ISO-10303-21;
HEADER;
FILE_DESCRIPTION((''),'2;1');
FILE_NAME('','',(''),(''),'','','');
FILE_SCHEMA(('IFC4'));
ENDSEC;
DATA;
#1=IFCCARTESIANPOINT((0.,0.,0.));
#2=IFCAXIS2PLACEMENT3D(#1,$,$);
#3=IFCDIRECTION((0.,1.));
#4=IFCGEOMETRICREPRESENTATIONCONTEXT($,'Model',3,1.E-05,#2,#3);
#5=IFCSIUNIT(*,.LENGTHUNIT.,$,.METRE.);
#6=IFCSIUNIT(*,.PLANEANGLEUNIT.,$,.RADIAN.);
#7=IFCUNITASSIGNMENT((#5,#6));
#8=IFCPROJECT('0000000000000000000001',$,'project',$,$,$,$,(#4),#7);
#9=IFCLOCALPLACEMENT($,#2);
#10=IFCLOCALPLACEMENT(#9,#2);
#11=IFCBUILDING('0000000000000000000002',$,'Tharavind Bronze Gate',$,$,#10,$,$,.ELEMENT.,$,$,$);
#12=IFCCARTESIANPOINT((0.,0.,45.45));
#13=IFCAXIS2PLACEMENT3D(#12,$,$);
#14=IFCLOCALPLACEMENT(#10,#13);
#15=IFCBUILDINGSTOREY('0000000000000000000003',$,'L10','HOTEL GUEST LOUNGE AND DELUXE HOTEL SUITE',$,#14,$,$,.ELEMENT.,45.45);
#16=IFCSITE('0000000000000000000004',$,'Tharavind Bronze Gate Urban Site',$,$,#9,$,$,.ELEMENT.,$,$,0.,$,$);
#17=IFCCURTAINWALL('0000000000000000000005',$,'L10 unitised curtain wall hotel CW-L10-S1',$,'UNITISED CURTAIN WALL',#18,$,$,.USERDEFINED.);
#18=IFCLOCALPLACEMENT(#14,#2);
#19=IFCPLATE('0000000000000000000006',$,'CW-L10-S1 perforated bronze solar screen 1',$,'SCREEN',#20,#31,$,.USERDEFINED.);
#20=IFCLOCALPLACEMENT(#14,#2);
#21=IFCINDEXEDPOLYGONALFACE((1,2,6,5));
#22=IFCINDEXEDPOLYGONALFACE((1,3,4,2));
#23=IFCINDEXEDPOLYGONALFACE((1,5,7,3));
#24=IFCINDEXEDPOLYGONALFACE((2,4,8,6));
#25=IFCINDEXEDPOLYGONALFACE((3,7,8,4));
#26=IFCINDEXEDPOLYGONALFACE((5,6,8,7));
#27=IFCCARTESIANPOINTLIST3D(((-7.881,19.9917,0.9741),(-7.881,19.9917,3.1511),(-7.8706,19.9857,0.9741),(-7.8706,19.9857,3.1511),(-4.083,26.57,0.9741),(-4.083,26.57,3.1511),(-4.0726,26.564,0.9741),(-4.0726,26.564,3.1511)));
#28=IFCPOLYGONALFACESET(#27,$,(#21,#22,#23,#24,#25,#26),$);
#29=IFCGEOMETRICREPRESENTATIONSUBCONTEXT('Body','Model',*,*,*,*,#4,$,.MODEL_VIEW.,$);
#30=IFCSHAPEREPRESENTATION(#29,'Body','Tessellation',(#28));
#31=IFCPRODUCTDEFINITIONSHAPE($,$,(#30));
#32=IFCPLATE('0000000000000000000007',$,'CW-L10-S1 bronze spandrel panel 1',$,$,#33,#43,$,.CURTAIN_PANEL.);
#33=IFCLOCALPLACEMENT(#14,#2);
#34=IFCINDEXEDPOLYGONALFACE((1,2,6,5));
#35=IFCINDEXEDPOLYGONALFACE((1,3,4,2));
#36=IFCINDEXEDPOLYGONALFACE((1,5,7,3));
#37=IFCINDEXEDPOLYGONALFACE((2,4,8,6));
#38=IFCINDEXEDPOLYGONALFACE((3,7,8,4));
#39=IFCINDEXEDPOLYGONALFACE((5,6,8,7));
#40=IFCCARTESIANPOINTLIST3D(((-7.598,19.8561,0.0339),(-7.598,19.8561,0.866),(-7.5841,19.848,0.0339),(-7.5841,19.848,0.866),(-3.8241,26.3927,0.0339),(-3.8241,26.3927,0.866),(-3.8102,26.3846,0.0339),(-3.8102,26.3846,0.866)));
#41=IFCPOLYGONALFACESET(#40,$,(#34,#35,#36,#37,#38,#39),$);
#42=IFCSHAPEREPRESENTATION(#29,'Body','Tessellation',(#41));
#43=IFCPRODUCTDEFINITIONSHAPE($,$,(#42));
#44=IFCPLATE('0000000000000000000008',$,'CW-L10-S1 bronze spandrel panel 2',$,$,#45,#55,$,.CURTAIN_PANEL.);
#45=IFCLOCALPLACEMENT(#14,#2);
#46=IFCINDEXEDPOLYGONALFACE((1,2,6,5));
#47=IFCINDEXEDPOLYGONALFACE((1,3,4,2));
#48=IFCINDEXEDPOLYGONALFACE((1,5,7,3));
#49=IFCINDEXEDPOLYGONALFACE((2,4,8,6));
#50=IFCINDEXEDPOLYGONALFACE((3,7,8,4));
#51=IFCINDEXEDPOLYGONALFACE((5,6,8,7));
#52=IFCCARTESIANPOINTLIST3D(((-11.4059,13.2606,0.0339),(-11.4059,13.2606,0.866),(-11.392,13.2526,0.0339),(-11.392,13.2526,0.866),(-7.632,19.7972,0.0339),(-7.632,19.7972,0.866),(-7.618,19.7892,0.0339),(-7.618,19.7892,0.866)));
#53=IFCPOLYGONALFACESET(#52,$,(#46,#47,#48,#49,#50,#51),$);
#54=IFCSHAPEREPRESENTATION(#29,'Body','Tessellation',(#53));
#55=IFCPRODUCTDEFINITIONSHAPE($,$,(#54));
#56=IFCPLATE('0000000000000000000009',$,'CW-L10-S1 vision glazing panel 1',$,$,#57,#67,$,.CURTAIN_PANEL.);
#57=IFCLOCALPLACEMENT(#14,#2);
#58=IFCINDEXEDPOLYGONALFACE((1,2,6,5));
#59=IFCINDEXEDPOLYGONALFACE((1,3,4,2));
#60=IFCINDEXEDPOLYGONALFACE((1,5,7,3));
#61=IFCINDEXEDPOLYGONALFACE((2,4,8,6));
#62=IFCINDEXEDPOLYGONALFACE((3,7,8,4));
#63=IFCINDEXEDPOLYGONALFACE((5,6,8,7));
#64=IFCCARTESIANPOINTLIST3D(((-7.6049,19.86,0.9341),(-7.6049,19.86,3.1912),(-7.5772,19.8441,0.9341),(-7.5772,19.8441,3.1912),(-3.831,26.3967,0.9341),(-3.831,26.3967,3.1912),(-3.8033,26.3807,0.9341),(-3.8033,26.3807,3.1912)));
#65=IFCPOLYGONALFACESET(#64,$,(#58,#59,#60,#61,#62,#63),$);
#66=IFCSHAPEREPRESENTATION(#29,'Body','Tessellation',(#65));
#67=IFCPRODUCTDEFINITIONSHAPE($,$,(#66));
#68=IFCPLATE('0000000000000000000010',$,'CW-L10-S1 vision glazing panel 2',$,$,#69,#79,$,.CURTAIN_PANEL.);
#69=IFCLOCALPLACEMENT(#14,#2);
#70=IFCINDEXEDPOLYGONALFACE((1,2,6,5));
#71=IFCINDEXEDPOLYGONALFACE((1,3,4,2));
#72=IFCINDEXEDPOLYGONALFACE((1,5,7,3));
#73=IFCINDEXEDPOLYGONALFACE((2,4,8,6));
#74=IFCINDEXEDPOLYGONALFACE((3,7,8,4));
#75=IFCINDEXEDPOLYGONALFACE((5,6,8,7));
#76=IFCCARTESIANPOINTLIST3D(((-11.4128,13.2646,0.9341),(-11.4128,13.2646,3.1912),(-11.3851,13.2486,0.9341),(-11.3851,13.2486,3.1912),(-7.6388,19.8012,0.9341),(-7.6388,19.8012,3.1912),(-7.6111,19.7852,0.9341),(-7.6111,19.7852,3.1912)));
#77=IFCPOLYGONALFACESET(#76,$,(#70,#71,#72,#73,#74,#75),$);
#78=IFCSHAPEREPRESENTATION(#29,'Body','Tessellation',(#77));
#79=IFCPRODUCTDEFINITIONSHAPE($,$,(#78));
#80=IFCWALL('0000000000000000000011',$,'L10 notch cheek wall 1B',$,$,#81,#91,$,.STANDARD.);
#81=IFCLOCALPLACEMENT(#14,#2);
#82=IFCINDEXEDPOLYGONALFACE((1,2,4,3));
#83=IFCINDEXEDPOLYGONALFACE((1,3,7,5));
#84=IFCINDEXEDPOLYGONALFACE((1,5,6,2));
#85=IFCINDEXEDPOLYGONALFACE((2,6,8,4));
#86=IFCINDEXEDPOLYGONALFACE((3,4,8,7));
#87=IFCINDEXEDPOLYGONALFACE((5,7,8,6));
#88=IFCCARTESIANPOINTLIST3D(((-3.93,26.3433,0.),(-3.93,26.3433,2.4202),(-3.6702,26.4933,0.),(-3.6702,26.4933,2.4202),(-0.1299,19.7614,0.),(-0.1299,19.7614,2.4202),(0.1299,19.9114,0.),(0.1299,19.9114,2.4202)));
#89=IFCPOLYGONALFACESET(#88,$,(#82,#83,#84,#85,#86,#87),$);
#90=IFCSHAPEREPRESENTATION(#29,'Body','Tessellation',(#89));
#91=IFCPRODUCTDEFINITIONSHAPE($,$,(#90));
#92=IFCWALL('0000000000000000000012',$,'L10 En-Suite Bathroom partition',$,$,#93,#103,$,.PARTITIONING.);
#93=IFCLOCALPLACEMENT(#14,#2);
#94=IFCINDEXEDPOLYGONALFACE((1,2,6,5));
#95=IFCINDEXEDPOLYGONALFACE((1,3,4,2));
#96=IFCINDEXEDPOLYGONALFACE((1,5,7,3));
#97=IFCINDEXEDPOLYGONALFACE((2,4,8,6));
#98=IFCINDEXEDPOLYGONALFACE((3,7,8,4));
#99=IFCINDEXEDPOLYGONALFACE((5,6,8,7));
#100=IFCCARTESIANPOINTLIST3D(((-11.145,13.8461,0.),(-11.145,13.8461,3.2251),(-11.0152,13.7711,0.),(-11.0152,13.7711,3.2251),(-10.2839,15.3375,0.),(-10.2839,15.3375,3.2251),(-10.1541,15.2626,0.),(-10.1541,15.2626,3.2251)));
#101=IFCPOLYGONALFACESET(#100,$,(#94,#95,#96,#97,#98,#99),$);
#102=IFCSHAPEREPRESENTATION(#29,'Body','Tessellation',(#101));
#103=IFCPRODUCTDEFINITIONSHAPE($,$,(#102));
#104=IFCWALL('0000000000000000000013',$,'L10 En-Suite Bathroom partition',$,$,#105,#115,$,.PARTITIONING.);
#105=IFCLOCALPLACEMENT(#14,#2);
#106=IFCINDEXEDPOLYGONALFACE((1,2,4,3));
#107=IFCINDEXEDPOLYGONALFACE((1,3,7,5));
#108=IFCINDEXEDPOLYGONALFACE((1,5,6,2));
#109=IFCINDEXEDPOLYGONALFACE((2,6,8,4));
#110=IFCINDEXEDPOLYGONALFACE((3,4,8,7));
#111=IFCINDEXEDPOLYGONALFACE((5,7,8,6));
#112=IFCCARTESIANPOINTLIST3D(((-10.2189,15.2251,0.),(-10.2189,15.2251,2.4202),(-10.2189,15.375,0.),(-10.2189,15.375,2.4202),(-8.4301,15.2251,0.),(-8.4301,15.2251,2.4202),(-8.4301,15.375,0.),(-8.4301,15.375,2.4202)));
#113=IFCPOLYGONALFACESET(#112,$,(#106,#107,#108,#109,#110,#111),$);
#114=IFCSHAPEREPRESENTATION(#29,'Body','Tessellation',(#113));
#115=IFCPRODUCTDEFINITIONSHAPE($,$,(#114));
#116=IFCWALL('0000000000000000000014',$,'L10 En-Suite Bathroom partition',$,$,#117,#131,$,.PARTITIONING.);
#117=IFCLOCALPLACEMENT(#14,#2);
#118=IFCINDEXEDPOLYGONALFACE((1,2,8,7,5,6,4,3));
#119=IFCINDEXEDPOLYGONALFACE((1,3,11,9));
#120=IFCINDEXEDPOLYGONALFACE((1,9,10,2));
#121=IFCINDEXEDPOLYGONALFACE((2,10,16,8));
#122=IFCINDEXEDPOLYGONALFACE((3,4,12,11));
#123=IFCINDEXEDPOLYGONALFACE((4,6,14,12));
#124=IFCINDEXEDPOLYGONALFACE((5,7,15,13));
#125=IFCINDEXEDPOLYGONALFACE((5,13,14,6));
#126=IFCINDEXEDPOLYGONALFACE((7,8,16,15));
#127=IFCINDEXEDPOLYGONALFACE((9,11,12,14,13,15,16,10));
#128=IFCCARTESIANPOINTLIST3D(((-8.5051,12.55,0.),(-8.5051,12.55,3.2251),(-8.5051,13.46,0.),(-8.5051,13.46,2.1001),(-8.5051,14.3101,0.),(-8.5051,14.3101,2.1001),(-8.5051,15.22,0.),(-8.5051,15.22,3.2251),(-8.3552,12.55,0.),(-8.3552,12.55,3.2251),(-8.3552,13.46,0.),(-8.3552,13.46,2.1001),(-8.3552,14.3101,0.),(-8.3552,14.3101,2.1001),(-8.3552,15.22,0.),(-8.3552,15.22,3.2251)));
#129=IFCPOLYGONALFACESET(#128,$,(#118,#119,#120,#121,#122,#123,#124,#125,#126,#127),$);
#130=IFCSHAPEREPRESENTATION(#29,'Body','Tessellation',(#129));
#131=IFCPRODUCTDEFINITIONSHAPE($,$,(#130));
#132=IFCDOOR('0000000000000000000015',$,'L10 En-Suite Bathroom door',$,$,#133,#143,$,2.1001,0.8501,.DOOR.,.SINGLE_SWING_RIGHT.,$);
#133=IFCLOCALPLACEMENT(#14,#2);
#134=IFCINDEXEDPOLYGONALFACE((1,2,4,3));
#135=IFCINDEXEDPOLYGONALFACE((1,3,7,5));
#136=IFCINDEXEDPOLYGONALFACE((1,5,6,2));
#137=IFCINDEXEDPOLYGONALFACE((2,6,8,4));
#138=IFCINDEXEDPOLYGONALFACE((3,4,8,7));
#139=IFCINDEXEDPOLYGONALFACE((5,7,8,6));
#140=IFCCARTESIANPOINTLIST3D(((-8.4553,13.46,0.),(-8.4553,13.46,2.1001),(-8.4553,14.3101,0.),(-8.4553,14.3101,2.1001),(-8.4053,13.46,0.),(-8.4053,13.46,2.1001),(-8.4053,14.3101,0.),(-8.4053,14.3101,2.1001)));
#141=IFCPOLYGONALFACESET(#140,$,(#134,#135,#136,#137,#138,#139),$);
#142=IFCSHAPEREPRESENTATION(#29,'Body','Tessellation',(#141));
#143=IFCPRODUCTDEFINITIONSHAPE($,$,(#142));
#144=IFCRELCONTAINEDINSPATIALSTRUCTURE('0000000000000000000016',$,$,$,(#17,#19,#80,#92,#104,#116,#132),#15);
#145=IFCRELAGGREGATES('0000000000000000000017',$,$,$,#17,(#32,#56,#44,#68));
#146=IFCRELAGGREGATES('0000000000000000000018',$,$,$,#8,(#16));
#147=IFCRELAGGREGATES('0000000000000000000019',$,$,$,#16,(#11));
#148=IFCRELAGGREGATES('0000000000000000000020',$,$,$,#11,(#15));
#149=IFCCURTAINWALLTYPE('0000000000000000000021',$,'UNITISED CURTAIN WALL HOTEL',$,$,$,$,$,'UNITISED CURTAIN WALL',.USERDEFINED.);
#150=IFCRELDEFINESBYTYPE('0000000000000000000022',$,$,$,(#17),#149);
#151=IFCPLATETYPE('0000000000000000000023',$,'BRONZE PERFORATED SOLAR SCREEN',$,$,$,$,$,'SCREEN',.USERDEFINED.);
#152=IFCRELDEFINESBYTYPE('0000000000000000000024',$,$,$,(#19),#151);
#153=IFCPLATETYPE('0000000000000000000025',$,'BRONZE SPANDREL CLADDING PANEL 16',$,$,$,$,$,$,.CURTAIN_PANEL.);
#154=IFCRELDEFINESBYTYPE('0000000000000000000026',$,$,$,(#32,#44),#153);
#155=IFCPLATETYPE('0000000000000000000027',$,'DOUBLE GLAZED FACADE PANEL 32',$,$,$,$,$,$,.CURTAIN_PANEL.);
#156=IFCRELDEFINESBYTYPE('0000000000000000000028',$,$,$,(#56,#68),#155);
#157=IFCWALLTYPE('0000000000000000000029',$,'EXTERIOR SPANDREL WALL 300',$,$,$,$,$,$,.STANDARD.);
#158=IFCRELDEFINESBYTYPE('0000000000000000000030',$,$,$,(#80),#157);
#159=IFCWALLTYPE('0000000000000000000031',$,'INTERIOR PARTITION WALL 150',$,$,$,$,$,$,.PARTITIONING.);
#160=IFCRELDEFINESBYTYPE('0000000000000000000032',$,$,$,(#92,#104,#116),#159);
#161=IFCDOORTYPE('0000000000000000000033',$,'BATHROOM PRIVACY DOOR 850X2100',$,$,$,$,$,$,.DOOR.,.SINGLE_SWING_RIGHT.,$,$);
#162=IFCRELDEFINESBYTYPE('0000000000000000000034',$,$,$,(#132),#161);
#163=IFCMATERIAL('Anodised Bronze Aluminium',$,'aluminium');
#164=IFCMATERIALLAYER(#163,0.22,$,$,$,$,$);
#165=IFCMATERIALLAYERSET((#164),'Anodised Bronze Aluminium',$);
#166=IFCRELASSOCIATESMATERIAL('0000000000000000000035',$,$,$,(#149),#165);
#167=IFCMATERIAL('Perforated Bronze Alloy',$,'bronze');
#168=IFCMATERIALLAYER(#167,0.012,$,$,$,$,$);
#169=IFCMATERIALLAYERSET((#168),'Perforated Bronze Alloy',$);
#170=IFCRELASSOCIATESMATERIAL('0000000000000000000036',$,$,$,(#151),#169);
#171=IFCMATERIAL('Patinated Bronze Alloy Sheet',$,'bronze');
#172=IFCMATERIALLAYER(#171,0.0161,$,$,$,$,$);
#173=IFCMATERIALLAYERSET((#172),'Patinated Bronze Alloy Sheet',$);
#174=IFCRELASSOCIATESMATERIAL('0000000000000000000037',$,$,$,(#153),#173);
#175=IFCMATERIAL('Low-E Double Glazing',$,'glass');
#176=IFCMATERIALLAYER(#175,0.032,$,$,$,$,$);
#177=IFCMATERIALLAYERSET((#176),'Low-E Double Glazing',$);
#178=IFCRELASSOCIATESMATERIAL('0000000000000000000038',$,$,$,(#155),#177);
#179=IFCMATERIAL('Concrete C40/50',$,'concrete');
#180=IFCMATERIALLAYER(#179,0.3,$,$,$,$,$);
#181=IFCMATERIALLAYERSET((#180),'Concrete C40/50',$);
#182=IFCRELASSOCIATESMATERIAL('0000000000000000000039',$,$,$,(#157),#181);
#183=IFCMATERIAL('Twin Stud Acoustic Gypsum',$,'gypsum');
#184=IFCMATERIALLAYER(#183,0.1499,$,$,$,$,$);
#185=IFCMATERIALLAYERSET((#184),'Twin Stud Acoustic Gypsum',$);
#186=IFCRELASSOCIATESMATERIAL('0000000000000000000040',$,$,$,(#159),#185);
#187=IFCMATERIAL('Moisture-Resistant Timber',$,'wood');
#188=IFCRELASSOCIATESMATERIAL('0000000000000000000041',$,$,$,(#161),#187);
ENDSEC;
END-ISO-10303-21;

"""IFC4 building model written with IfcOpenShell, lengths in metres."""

from ifc_helpers import new_model, si_unit, direction, frame, frame_2d, origin, origin_2d, place, context, subcontext, project, spatial, rectangle, extrude, material, layer, layer_set, type_object, element, fill, aggregate, save


model = new_model("IFC4")

# Units and contexts
model_context = context("Model", 3, precision=1e-05, world=origin(), true_north=direction((0.0, 1.0)))
body_context = subcontext(model_context, "Body", "Model", "MODEL_VIEW")
ifc_project = project(units=[si_unit("LENGTHUNIT", "METRE"), si_unit("PLANEANGLEUNIT", "RADIAN")], contexts=[model_context])

# Site, building, storey
site_placement = place(None, origin())
site = spatial("IfcSite", under=ifc_project, at=site_placement, Name="Tharavind Bronze Gate Urban Site", CompositionType="ELEMENT", RefElevation=0.0)
building_placement = place(site_placement, origin())
building = spatial("IfcBuilding", under=site, at=building_placement, Name="Tharavind Bronze Gate", CompositionType="ELEMENT")
storey_placement = place(building_placement, frame((0.0, 0.0, 45.45)))
storey = spatial("IfcBuildingStorey", under=building, at=storey_placement, Name="L10", Description="HOTEL GUEST LOUNGE AND DELUXE HOTEL SUITE", CompositionType="ELEMENT", Elevation=45.45)

# Curtain wall
ifc_material_1 = material(Name="Anodised Bronze Aluminium", Category="aluminium")
ifc_layer_1 = layer(ifc_material_1, 0.22)
ifc_layer_set_1 = layer_set([ifc_layer_1], Name="Anodised Bronze Aluminium")
curtain_wall_type = type_object("IfcCurtainWallType", Name="UNITISED CURTAIN WALL HOTEL", ElementType="UNITISED CURTAIN WALL", PredefinedType="USERDEFINED", material=ifc_layer_set_1)
curtain_wall_placement = place(storey_placement, origin())
curtain_wall = element("IfcCurtainWall", 1, at=curtain_wall_placement, inside=storey, type_object=curtain_wall_type, Name="L10 unitised curtain wall hotel CW-L10-S1", ObjectType="UNITISED CURTAIN WALL", PredefinedType="USERDEFINED")

# Plates
ifc_material_2 = material(Name="Perforated Bronze Alloy", Category="bronze")
ifc_layer_2 = layer(ifc_material_2, 0.012)
ifc_layer_set_2 = layer_set([ifc_layer_2], Name="Perforated Bronze Alloy")
plate_type_1 = type_object("IfcPlateType", Name="BRONZE PERFORATED SOLAR SCREEN", ElementType="SCREEN", PredefinedType="USERDEFINED", material=ifc_layer_set_2)
plate_1_placement = place(storey_placement, frame((-5.9768, 23.2778, 0.9741), z_axis=(0.0, 0.0, 1.0), x_axis=(-0.500002, -0.866025, 0.0)))
element("IfcPlate", 2, at=plate_1_placement, inside=storey, type_object=plate_type_1, Name="CW-L10-S1 perforated bronze solar screen 1", ObjectType="SCREEN", PredefinedType="USERDEFINED", context=body_context, shape_type="SweptSolid", body=[
    extrude(rectangle(XDim=7.5959, YDim=0.012, at=origin_2d()), origin(), (0.0, 0.0, 1.0), 2.177),
])
ifc_material_3 = material(Name="Patinated Bronze Alloy Sheet", Category="bronze")
ifc_layer_3 = layer(ifc_material_3, 0.0161)
ifc_layer_set_3 = layer_set([ifc_layer_3], Name="Patinated Bronze Alloy Sheet")
plate_type_2 = type_object("IfcPlateType", Name="BRONZE SPANDREL CLADDING PANEL 16", PredefinedType="CURTAIN_PANEL", material=ifc_layer_set_3)
plate_2_placement = place(storey_placement, frame((-5.7041, 23.1204, 0.0339), z_axis=(0.0, 0.0, 1.0), x_axis=(-0.500002, -0.866025, 0.0)))
plate_2 = element("IfcPlate", 3, at=plate_2_placement, type_object=plate_type_2, Name="CW-L10-S1 bronze spandrel panel 1", PredefinedType="CURTAIN_PANEL", context=body_context, shape_type="SweptSolid", body=[
    extrude(rectangle(XDim=7.5479, YDim=0.0161, at=origin_2d()), origin(), (0.0, 0.0, 1.0), 0.832),
])
plate_3_placement = place(storey_placement, frame((-9.512, 16.5249, 0.0339), z_axis=(0.0, 0.0, 1.0), x_axis=(-0.500002, -0.866025, 0.0)))
plate_3 = element("IfcPlate", 4, at=plate_3_placement, type_object=plate_type_2, Name="CW-L10-S1 bronze spandrel panel 2", PredefinedType="CURTAIN_PANEL", context=body_context, shape_type="SweptSolid", body=[
    extrude(rectangle(XDim=7.5479, YDim=0.0161, at=origin_2d()), origin(), (0.0, 0.0, 1.0), 0.832),
])
ifc_material_4 = material(Name="Low-E Double Glazing", Category="glass")
ifc_layer_4 = layer(ifc_material_4, 0.032)
ifc_layer_set_4 = layer_set([ifc_layer_4], Name="Low-E Double Glazing")
plate_type_3 = type_object("IfcPlateType", Name="DOUBLE GLAZED FACADE PANEL 32", PredefinedType="CURTAIN_PANEL", material=ifc_layer_set_4)
plate_4_placement = place(storey_placement, frame((-5.7041, 23.1204, 0.9341), z_axis=(0.0, 0.0, 1.0), x_axis=(-0.500002, -0.866025, 0.0)))
plate_4 = element("IfcPlate", 5, at=plate_4_placement, type_object=plate_type_3, Name="CW-L10-S1 vision glazing panel 1", PredefinedType="CURTAIN_PANEL", context=body_context, shape_type="SweptSolid", body=[
    extrude(rectangle(XDim=7.5479, YDim=0.032, at=origin_2d()), origin(), (0.0, 0.0, 1.0), 2.2571),
])
plate_5_placement = place(storey_placement, frame((-9.512, 16.5249, 0.9341), z_axis=(0.0, 0.0, 1.0), x_axis=(-0.500002, -0.866025, 0.0)))
plate_5 = element("IfcPlate", 6, at=plate_5_placement, type_object=plate_type_3, Name="CW-L10-S1 vision glazing panel 2", PredefinedType="CURTAIN_PANEL", context=body_context, shape_type="SweptSolid", body=[
    extrude(rectangle(XDim=7.5479, YDim=0.032, at=origin_2d()), origin(), (0.0, 0.0, 1.0), 2.2571),
])
aggregate(curtain_wall, [plate_2, plate_4, plate_3, plate_5])

# Walls
ifc_material_5 = material(Name="Concrete C40/50", Category="concrete")
ifc_layer_5 = layer(ifc_material_5, 0.3)
ifc_layer_set_5 = layer_set([ifc_layer_5], Name="Concrete C40/50")
wall_type_1 = type_object("IfcWallType", Name="EXTERIOR SPANDREL WALL 300", PredefinedType="STANDARD", material=ifc_layer_set_5)
wall_1_placement = place(storey_placement, frame((0.0, 19.8364, 0.0), z_axis=(0.0, 0.0, 1.0), x_axis=(-0.500005, 0.866022, 0.0)))
element("IfcWall", 7, at=wall_1_placement, inside=storey, type_object=wall_type_1, Name="L10 notch cheek wall 1B", PredefinedType="STANDARD", context=body_context, shape_type="SweptSolid", body=[
    extrude(rectangle(XDim=7.6001, YDim=0.3, at=frame_2d((3.8, 0.0))), origin(), (0.0, 0.0, 1.0), 2.4202),
])
ifc_material_6 = material(Name="Twin Stud Acoustic Gypsum", Category="gypsum")
ifc_layer_6 = layer(ifc_material_6, 0.1499)
ifc_layer_set_6 = layer_set([ifc_layer_6], Name="Twin Stud Acoustic Gypsum")
wall_type_2 = type_object("IfcWallType", Name="INTERIOR PARTITION WALL 150", PredefinedType="PARTITIONING", material=ifc_layer_set_6)
wall_2_placement = place(storey_placement, frame((-11.0801, 13.8086, 0.0), z_axis=(0.0, 0.0, 1.0), x_axis=(0.499997, 0.866027, 0.0)))
element("IfcWall", 8, at=wall_2_placement, inside=storey, type_object=wall_type_2, Name="L10 En-Suite Bathroom partition", PredefinedType="PARTITIONING", context=body_context, shape_type="SweptSolid", body=[
    extrude(rectangle(XDim=1.7222, YDim=0.1499, at=frame_2d((0.8611, 0.0))), origin(), (0.0, 0.0, 1.0), 3.2251),
])
wall_3_placement = place(storey_placement, frame((-10.219, 15.3, 0.0), z_axis=(0.0, 0.0, 1.0), x_axis=(1.0, 0.0, 0.0)))
element("IfcWall", 9, at=wall_3_placement, inside=storey, type_object=wall_type_2, Name="L10 En-Suite Bathroom partition", PredefinedType="PARTITIONING", context=body_context, shape_type="SweptSolid", body=[
    extrude(rectangle(XDim=1.7888, YDim=0.1499, at=frame_2d((0.8945, 0.0))), origin(), (0.0, 0.0, 1.0), 2.4202),
])

# Wall, opening, door
wall_4_placement = place(storey_placement, frame((-8.4302, 15.22, 0.0), z_axis=(0.0, 0.0, 1.0), x_axis=(0.0, -1.0, 0.0)))
wall_4 = element("IfcWall", 10, at=wall_4_placement, inside=storey, type_object=wall_type_2, Name="L10 En-Suite Bathroom partition", PredefinedType="PARTITIONING", context=body_context, shape_type="SweptSolid", body=[
    extrude(rectangle(XDim=2.6699, YDim=0.1499, at=frame_2d((1.335, 0.0))), origin(), (0.0, 0.0, 1.0), 3.2251),
])
opening_placement = place(wall_4_placement, frame((0.9099, 0.0, 0.0)))
opening = element("IfcOpeningElement", 11, at=opening_placement, cuts=wall_4, PredefinedType="OPENING", context=body_context, shape_type="SweptSolid", body=[
    extrude(rectangle(XDim=0.8501, YDim=2.1001, at=frame_2d((0.425, 1.05))), frame((0.0, 0.085, 0.0), z_axis=(0.0, -1.0, 0.0), x_axis=(1.0, 0.0, 0.0)), (0.0, 0.0, 1.0), 0.1699),
])
ifc_material_7 = material(Name="Moisture-Resistant Timber", Category="wood")
door_type = type_object("IfcDoorType", Name="BATHROOM PRIVACY DOOR 850X2100", OperationType="SINGLE_SWING_RIGHT", PredefinedType="DOOR", material=ifc_material_7)
door_placement = place(opening_placement, origin())
door = element("IfcDoor", 12, at=door_placement, inside=storey, type_object=door_type, Name="L10 En-Suite Bathroom door", OperationType="SINGLE_SWING_RIGHT", OverallHeight=2.1001, OverallWidth=0.8501, PredefinedType="DOOR", context=body_context, shape_type="SweptSolid", body=[
    extrude(rectangle(XDim=0.8501, YDim=2.1001, at=frame_2d((0.425, 1.05))), frame((0.0, 0.0249, 0.0), z_axis=(0.0, -1.0, 0.0), x_axis=(1.0, 0.0, 0.0)), (0.0, 0.0, 1.0), 0.05),
])
fill(opening, door)

save(model, "model.ifc")
